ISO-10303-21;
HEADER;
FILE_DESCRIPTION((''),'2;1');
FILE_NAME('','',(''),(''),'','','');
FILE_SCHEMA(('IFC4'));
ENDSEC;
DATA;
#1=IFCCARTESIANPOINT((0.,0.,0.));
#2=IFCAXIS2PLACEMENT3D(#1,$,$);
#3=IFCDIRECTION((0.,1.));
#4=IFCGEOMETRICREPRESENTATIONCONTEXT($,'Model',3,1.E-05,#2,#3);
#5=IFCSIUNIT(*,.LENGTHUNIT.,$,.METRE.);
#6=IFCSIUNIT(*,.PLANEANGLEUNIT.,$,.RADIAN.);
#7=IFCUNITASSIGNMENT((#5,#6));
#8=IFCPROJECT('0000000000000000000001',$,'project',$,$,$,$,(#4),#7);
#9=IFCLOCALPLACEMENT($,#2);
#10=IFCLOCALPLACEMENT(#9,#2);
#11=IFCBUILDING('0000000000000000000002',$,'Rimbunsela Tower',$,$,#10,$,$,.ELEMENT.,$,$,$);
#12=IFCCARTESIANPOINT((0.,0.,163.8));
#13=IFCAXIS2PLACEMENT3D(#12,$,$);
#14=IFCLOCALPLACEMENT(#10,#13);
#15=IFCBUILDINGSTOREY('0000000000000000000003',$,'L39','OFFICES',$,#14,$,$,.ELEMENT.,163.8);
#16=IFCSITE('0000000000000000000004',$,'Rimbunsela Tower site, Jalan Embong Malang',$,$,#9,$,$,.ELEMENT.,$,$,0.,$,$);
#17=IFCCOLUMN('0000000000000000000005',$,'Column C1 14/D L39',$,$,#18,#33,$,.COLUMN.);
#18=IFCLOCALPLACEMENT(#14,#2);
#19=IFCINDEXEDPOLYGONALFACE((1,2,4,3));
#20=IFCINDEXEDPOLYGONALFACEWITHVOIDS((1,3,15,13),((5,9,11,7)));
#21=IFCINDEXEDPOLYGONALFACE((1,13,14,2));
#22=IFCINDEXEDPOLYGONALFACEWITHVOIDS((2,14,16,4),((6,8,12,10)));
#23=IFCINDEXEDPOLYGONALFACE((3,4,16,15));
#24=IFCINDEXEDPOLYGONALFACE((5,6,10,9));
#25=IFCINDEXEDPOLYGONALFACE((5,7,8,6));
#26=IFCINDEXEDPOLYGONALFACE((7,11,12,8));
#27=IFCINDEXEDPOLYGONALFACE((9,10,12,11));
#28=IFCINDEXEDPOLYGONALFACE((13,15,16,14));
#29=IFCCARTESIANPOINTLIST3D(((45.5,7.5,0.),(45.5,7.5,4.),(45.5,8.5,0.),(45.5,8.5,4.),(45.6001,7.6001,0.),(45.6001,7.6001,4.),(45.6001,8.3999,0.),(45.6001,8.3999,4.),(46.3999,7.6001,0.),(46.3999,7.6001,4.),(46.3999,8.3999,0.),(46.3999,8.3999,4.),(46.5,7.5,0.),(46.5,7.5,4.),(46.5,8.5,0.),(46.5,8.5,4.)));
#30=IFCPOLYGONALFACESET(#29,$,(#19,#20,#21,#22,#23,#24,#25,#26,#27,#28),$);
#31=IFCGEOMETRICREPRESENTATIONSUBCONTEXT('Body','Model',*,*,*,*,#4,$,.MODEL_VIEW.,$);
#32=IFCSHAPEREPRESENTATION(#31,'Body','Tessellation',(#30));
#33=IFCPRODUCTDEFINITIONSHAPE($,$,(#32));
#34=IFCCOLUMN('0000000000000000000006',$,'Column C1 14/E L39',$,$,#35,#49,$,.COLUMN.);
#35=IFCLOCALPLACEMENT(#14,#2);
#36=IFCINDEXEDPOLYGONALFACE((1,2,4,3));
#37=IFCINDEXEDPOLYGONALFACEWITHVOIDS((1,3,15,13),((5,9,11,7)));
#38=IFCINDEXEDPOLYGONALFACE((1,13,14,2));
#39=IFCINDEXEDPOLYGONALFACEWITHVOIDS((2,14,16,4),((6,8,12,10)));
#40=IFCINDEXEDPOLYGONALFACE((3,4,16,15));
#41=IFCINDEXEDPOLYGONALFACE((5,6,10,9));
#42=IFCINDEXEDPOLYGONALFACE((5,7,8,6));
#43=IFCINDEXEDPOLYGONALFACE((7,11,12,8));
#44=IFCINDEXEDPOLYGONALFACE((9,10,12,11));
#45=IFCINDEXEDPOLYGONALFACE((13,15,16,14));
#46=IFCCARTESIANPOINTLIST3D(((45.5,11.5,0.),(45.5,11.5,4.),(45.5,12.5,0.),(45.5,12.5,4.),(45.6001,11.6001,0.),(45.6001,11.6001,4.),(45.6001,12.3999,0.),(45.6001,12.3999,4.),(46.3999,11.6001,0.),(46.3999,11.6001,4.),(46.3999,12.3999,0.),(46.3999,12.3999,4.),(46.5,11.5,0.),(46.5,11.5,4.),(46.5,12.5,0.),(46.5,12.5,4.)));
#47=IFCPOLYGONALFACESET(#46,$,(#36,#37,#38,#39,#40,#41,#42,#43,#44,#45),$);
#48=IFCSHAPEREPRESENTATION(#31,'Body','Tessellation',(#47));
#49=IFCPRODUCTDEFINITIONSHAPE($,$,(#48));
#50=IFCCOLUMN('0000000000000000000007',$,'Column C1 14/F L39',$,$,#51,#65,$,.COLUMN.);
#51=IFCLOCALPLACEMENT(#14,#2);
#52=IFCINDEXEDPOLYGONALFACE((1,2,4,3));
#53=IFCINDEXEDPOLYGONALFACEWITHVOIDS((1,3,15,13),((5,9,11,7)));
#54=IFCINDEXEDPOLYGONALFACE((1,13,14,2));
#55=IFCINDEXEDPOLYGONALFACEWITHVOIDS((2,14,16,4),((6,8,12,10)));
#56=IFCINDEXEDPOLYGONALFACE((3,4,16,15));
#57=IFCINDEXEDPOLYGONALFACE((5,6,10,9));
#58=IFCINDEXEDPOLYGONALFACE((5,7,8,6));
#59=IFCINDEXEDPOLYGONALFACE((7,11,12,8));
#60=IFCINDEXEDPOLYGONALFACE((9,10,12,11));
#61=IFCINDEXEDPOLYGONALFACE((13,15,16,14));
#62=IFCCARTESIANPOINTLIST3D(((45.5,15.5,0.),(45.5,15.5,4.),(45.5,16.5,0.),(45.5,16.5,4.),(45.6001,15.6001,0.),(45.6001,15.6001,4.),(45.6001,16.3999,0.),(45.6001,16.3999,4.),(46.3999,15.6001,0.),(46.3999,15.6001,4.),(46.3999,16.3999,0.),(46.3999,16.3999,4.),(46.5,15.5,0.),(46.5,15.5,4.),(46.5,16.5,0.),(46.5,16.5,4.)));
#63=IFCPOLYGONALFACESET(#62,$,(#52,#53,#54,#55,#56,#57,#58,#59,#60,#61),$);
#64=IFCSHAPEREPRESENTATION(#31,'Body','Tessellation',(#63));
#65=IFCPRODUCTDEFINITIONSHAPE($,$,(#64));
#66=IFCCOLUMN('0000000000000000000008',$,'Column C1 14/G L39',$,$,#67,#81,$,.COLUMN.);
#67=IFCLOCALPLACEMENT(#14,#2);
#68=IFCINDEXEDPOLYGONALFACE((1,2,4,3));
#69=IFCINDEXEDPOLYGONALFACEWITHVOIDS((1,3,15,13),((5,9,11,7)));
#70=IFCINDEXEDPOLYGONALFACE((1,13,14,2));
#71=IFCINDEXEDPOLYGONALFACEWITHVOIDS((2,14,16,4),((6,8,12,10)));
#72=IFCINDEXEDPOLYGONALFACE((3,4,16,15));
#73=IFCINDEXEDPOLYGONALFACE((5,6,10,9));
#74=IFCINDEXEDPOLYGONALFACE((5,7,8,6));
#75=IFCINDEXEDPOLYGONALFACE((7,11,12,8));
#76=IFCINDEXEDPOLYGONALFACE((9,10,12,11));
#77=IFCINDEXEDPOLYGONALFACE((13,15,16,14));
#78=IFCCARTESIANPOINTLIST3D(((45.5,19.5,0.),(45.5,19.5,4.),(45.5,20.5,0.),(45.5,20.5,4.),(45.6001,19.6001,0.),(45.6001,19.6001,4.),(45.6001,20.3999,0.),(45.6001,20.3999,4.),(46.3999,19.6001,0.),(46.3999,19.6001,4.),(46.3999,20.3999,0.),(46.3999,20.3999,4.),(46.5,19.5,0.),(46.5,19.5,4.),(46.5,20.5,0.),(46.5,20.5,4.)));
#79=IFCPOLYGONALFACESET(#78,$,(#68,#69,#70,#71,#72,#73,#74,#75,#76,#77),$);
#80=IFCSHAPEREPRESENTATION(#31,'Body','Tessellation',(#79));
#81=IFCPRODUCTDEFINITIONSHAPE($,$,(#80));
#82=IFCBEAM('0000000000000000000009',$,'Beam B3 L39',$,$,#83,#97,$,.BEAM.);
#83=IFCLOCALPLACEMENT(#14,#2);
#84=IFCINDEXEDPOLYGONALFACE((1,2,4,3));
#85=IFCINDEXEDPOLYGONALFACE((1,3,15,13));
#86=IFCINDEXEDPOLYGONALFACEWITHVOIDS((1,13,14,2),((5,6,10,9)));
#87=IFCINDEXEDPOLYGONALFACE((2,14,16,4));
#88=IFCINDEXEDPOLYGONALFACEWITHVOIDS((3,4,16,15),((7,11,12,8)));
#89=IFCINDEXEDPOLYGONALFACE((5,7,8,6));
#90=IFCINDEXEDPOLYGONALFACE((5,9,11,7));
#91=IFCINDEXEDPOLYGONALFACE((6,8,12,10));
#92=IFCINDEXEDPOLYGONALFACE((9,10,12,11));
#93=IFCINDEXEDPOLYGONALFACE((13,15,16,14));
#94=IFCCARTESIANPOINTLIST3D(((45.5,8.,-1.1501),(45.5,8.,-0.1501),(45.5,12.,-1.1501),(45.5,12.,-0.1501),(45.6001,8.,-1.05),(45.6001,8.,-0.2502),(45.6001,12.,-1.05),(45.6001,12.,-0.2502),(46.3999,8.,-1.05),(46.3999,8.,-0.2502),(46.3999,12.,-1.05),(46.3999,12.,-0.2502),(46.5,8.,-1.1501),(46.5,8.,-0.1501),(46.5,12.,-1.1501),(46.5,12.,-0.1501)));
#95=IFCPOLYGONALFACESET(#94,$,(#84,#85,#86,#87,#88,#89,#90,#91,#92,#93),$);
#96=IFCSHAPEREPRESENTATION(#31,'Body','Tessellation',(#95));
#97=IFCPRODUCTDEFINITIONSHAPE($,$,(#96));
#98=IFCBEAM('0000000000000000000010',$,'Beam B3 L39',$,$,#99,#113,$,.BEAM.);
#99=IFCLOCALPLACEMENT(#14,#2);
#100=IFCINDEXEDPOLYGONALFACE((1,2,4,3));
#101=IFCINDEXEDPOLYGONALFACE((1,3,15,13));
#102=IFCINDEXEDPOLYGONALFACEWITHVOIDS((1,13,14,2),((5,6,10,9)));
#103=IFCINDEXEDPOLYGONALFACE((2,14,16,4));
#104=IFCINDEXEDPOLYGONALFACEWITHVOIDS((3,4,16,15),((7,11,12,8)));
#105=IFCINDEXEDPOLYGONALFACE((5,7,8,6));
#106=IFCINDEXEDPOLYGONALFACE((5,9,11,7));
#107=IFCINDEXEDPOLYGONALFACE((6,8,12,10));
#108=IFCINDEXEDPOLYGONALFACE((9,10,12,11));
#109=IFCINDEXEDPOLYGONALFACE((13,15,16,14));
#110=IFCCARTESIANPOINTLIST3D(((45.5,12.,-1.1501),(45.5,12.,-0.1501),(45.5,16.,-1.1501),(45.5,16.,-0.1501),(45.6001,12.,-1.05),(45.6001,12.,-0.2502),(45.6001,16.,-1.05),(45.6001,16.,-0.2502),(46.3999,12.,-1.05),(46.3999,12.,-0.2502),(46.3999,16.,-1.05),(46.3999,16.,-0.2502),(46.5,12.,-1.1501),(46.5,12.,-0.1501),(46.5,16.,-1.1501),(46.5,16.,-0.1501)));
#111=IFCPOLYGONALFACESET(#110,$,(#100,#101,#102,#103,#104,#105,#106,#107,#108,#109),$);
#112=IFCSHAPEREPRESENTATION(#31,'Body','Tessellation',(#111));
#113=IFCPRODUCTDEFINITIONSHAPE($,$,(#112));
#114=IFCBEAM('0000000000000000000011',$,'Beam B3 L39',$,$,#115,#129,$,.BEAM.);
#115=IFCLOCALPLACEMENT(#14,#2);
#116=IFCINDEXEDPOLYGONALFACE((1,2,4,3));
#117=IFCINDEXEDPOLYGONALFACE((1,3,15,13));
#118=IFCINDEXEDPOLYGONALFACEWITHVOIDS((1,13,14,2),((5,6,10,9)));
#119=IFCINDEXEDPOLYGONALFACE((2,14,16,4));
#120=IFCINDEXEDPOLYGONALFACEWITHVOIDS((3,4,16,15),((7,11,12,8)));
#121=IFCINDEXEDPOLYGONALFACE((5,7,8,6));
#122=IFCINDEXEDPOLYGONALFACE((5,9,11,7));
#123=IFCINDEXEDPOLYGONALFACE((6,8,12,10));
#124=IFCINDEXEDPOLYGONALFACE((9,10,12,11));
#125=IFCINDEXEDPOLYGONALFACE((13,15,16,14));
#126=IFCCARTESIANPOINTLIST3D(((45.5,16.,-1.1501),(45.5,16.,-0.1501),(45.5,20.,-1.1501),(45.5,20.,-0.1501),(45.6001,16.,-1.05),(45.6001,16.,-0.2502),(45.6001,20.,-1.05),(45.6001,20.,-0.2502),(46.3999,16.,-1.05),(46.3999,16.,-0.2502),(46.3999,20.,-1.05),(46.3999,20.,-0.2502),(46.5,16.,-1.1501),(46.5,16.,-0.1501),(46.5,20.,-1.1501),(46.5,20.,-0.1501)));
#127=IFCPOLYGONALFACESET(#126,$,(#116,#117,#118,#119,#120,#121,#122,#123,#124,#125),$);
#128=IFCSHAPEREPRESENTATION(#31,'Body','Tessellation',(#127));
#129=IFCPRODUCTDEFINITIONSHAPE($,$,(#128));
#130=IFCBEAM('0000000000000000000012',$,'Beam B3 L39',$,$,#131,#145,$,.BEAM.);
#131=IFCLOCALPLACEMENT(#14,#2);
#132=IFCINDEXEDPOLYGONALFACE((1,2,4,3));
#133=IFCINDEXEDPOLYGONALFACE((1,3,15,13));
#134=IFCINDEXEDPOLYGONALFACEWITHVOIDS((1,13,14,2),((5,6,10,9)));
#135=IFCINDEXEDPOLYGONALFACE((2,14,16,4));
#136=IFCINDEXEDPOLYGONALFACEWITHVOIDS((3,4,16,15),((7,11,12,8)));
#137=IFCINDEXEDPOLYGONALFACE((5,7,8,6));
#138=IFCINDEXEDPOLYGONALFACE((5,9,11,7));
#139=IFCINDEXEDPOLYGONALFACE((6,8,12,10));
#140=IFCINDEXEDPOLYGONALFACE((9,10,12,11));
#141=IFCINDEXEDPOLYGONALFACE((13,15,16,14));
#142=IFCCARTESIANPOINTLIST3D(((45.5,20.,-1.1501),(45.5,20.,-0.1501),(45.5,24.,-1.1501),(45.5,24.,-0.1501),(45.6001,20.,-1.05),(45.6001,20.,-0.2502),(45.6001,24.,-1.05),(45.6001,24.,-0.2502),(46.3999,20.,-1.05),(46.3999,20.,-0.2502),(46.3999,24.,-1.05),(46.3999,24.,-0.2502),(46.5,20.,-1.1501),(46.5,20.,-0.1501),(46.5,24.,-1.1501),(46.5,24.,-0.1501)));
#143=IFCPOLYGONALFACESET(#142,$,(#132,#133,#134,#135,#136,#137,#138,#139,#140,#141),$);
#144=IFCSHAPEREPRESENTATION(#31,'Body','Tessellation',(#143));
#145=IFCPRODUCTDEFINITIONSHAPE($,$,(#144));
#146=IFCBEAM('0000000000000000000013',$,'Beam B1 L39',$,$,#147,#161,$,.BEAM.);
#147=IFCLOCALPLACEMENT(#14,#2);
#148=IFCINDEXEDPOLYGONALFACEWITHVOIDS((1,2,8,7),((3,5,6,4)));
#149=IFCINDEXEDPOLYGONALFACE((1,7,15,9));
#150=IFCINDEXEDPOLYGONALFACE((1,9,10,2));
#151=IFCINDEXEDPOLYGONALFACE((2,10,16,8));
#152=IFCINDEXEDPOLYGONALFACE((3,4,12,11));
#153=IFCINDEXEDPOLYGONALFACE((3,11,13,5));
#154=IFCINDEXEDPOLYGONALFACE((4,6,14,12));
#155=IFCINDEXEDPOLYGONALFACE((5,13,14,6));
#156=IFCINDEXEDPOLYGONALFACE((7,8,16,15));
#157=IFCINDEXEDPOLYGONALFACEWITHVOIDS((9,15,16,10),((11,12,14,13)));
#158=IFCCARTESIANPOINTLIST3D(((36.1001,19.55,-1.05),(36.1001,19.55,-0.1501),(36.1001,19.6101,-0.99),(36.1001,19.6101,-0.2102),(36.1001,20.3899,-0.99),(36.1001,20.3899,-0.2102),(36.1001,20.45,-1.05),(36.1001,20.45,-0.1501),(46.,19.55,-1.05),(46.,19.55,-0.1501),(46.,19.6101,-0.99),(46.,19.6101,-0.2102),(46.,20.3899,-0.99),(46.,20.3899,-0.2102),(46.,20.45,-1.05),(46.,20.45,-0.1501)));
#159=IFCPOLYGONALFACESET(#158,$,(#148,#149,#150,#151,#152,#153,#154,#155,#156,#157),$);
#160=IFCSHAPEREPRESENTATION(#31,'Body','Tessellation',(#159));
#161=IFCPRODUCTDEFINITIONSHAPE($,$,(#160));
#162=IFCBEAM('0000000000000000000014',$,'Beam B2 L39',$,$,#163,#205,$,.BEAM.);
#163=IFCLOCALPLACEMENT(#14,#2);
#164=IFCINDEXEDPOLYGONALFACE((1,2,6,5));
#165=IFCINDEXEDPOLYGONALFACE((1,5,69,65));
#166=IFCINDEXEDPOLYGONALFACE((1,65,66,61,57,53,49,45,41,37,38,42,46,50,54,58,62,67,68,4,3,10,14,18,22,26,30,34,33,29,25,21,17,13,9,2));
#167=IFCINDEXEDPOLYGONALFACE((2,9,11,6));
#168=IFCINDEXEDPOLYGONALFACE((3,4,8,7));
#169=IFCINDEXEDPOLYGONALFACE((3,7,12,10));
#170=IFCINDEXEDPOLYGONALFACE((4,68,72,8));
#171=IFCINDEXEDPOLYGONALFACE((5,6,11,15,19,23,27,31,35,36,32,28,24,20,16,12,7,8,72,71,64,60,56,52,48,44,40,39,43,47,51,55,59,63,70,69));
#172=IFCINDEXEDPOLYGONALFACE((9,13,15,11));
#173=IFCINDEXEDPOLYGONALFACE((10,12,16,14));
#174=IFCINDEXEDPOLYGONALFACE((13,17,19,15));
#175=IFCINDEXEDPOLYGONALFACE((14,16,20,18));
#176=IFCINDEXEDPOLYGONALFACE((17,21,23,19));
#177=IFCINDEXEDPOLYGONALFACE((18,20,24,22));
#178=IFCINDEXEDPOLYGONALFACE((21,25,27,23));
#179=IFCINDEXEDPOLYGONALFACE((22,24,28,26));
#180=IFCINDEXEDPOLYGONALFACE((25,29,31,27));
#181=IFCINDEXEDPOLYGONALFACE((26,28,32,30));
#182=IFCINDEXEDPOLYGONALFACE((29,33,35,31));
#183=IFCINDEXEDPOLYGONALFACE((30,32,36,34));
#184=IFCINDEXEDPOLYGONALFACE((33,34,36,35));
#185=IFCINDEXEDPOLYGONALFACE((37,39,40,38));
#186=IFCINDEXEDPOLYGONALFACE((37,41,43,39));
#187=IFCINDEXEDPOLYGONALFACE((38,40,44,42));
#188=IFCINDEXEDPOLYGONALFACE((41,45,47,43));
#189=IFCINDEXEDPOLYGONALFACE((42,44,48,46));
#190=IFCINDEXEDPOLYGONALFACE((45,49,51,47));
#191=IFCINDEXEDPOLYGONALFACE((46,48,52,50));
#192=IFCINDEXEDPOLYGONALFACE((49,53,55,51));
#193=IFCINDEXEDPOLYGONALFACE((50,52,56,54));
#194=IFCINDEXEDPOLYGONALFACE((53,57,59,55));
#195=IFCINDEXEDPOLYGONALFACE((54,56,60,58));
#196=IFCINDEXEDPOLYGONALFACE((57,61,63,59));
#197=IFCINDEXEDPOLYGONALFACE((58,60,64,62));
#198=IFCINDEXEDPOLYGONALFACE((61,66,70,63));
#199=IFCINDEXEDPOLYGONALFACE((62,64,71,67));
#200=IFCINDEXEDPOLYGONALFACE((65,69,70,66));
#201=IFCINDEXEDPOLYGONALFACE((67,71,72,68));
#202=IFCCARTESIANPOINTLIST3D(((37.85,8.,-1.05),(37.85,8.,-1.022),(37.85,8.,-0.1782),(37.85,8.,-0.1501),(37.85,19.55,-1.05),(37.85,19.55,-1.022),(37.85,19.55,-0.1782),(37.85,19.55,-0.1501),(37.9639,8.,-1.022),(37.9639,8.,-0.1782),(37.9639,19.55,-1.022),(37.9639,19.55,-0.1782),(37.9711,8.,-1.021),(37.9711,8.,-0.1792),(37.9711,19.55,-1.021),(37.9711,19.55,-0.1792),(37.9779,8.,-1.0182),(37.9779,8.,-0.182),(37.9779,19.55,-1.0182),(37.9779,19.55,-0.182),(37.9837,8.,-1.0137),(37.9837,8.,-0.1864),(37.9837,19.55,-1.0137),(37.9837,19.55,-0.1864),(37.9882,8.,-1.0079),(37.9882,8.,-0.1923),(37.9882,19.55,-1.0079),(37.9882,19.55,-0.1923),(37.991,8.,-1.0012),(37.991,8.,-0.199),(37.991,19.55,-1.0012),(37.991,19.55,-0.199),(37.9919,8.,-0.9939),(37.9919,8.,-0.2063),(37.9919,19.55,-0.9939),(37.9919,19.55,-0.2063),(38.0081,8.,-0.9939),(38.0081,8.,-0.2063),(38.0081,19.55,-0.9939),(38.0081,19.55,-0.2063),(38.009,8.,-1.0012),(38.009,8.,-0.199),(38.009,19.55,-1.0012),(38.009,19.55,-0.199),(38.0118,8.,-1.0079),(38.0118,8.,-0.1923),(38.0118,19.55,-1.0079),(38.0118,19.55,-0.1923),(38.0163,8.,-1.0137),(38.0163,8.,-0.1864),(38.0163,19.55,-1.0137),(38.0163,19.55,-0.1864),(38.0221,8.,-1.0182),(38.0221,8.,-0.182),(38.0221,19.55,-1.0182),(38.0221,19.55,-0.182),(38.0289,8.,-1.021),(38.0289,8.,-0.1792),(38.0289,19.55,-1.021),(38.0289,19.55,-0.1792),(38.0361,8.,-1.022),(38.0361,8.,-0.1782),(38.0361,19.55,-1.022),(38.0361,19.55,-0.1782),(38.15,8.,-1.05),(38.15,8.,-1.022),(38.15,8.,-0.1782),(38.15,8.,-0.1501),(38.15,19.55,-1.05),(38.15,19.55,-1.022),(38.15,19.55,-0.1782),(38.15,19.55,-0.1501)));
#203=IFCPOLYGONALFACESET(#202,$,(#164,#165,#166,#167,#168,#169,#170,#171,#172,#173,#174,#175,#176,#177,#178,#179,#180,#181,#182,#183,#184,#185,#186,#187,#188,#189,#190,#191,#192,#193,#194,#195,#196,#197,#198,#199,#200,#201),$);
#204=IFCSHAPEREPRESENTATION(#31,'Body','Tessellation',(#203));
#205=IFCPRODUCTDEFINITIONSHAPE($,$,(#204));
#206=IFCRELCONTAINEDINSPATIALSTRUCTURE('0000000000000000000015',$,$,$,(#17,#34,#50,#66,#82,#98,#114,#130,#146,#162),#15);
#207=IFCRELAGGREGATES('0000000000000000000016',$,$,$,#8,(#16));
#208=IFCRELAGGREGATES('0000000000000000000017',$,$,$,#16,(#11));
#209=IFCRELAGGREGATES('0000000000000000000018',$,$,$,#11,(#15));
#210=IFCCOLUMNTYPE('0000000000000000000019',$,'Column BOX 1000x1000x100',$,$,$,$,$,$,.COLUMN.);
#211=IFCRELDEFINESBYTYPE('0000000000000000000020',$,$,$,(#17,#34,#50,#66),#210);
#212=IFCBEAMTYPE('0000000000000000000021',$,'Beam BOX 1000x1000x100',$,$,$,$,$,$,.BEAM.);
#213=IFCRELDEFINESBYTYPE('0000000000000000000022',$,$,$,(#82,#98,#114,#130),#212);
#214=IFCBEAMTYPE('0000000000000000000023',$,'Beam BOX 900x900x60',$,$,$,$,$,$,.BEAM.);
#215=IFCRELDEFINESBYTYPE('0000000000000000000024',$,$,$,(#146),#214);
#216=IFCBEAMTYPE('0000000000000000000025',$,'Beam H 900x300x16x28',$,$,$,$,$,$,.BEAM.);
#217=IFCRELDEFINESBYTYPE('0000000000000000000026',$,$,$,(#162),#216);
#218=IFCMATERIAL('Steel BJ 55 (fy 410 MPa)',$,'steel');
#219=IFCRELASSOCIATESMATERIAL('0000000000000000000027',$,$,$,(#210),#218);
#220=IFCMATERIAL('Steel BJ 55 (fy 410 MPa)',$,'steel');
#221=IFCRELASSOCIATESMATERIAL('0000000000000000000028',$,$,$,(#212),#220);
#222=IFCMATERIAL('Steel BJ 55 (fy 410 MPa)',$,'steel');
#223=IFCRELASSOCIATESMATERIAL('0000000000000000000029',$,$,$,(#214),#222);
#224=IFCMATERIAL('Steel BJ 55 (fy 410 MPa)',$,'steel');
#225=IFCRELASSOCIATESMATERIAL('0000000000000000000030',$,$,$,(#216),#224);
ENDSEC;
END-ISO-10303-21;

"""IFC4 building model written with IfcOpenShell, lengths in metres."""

from ifc_helpers import new_model, si_unit, direction, frame, origin, origin_2d, place, context, subcontext, project, spatial, hollow_rectangle, i_section, extrude, material, material_profile, profile_set, type_object, element, save


model = new_model("IFC4")

# Units and contexts
model_context = context("Model", 3, precision=1e-05, world=origin(), true_north=direction((0.0, 1.0)))
body_context = subcontext(model_context, "Body", "Model", "MODEL_VIEW")
ifc_project = project(units=[si_unit("LENGTHUNIT", "METRE"), si_unit("PLANEANGLEUNIT", "RADIAN")], contexts=[model_context])

# Site, building, storey
site_placement = place(None, origin())
site = spatial("IfcSite", under=ifc_project, at=site_placement, Name="Rimbunsela Tower site, Jalan Embong Malang", CompositionType="ELEMENT", RefElevation=0.0)
building_placement = place(site_placement, origin())
building = spatial("IfcBuilding", under=site, at=building_placement, Name="Rimbunsela Tower", CompositionType="ELEMENT")
storey_placement = place(building_placement, frame((0.0, 0.0, 163.8)))
storey = spatial("IfcBuildingStorey", under=building, at=storey_placement, Name="L39", Description="OFFICES", CompositionType="ELEMENT", Elevation=163.8)

# Columns
ifc_material_1 = material(Name="Steel BJ 55 (fy 410 MPa)", Category="steel")
ifc_material_profile_1 = material_profile(ifc_material_1, hollow_rectangle(XDim=1.0, YDim=1.0, WallThickness=0.1001, at=origin_2d()), Name="BOX 1000x1000x100")
ifc_profile_set_1 = profile_set([ifc_material_profile_1], Name="Steel BJ 55 (fy 410 MPa)")
column_type = type_object("IfcColumnType", Name="Column BOX 1000x1000x100", PredefinedType="COLUMN", material=ifc_profile_set_1)
for number, where, z_axis, x_axis, name in (
    (1, (46.0, 8.0, 0.0), (0.0, 0.0, 1.0), (1.0, 0.0, 0.0), "Column C1 14/D L39"),
    (2, (46.0, 12.0, 0.0), (0.0, 0.0, 1.0), (1.0, 0.0, 0.0), "Column C1 14/E L39"),
    (3, (46.0, 16.0, 0.0), (0.0, 0.0, 1.0), (1.0, 0.0, 0.0), "Column C1 14/F L39"),
    (4, (46.0, 20.0, 0.0), (0.0, 0.0, 1.0), (1.0, 0.0, 0.0), "Column C1 14/G L39"),
):
    element("IfcColumn", number, at=place(storey_placement, frame(where, z_axis=z_axis, x_axis=x_axis)), inside=storey, type_object=column_type, Name=name, PredefinedType="COLUMN", context=body_context, shape_type="SweptSolid", body=[
        extrude(hollow_rectangle(XDim=1.0, YDim=1.0, WallThickness=0.1001, at=origin_2d()), origin(), (0.0, 0.0, 1.0), 4.0),
    ])

# Beams
ifc_material_2 = material(Name="Steel BJ 55 (fy 410 MPa)", Category="steel")
ifc_material_profile_2 = material_profile(ifc_material_2, hollow_rectangle(XDim=1.0, YDim=1.0, WallThickness=0.1001, at=origin_2d()), Name="BOX 1000x1000x100")
ifc_profile_set_2 = profile_set([ifc_material_profile_2], Name="Steel BJ 55 (fy 410 MPa)")
beam_type_1 = type_object("IfcBeamType", Name="Beam BOX 1000x1000x100", PredefinedType="BEAM", material=ifc_profile_set_2)
for number, where, z_axis, x_axis, name in (
    (5, (46.0, 8.0, -0.6501), (0.0, 1.0, 0.0), (-1.0, 0.0, 0.0), "Beam B3 L39"),
    (6, (46.0, 12.0, -0.6501), (0.0, 1.0, 0.0), (-1.0, 0.0, 0.0), "Beam B3 L39"),
    (7, (46.0, 16.0, -0.6501), (0.0, 1.0, 0.0), (-1.0, 0.0, 0.0), "Beam B3 L39"),
    (8, (46.0, 20.0, -0.6501), (0.0, 1.0, 0.0), (-1.0, 0.0, 0.0), "Beam B3 L39"),
):
    element("IfcBeam", number, at=place(storey_placement, frame(where, z_axis=z_axis, x_axis=x_axis)), inside=storey, type_object=beam_type_1, Name=name, PredefinedType="BEAM", context=body_context, shape_type="SweptSolid", body=[
        extrude(hollow_rectangle(XDim=1.0, YDim=1.0, WallThickness=0.1001, at=origin_2d()), origin(), (0.0, 0.0, 1.0), 4.0),
    ])
ifc_material_3 = material(Name="Steel BJ 55 (fy 410 MPa)", Category="steel")
ifc_material_profile_3 = material_profile(ifc_material_3, hollow_rectangle(XDim=0.8999, YDim=0.8999, WallThickness=0.0601, at=origin_2d()), Name="BOX 900x900x60")
ifc_profile_set_3 = profile_set([ifc_material_profile_3], Name="Steel BJ 55 (fy 410 MPa)")
beam_type_2 = type_object("IfcBeamType", Name="Beam BOX 900x900x60", PredefinedType="BEAM", material=ifc_profile_set_3)
beam_1_placement = place(storey_placement, frame((36.1001, 20.0, -0.6001), z_axis=(1.0, 0.0, 0.0), x_axis=(0.0, 1.0, 0.0)))
element("IfcBeam", 9, at=beam_1_placement, inside=storey, type_object=beam_type_2, Name="Beam B1 L39", PredefinedType="BEAM", context=body_context, shape_type="SweptSolid", body=[
    extrude(hollow_rectangle(XDim=0.8999, YDim=0.8999, WallThickness=0.0601, at=origin_2d()), origin(), (0.0, 0.0, 1.0), 9.8999),
])
ifc_material_4 = material(Name="Steel BJ 55 (fy 410 MPa)", Category="steel")
ifc_material_profile_4 = material_profile(ifc_material_4, i_section(OverallWidth=0.3, OverallDepth=0.8999, WebThickness=0.0161, FlangeThickness=0.0281, FilletRadius=0.0281, at=origin_2d()), Name="H 900x300x16x28")
ifc_profile_set_4 = profile_set([ifc_material_profile_4], Name="Steel BJ 55 (fy 410 MPa)")
beam_type_3 = type_object("IfcBeamType", Name="Beam H 900x300x16x28", PredefinedType="BEAM", material=ifc_profile_set_4)
beam_2_placement = place(storey_placement, frame((38.0, 8.0, -0.6001), z_axis=(0.0, 1.0, 0.0), x_axis=(-1.0, 0.0, 0.0)))
element("IfcBeam", 10, at=beam_2_placement, inside=storey, type_object=beam_type_3, Name="Beam B2 L39", PredefinedType="BEAM", context=body_context, shape_type="SweptSolid", body=[
    extrude(i_section(OverallWidth=0.3, OverallDepth=0.8999, WebThickness=0.0161, FlangeThickness=0.0281, FilletRadius=0.0281, at=origin_2d()), origin(), (0.0, 0.0, 1.0), 11.55),
])

save(model, "model.ifc")
